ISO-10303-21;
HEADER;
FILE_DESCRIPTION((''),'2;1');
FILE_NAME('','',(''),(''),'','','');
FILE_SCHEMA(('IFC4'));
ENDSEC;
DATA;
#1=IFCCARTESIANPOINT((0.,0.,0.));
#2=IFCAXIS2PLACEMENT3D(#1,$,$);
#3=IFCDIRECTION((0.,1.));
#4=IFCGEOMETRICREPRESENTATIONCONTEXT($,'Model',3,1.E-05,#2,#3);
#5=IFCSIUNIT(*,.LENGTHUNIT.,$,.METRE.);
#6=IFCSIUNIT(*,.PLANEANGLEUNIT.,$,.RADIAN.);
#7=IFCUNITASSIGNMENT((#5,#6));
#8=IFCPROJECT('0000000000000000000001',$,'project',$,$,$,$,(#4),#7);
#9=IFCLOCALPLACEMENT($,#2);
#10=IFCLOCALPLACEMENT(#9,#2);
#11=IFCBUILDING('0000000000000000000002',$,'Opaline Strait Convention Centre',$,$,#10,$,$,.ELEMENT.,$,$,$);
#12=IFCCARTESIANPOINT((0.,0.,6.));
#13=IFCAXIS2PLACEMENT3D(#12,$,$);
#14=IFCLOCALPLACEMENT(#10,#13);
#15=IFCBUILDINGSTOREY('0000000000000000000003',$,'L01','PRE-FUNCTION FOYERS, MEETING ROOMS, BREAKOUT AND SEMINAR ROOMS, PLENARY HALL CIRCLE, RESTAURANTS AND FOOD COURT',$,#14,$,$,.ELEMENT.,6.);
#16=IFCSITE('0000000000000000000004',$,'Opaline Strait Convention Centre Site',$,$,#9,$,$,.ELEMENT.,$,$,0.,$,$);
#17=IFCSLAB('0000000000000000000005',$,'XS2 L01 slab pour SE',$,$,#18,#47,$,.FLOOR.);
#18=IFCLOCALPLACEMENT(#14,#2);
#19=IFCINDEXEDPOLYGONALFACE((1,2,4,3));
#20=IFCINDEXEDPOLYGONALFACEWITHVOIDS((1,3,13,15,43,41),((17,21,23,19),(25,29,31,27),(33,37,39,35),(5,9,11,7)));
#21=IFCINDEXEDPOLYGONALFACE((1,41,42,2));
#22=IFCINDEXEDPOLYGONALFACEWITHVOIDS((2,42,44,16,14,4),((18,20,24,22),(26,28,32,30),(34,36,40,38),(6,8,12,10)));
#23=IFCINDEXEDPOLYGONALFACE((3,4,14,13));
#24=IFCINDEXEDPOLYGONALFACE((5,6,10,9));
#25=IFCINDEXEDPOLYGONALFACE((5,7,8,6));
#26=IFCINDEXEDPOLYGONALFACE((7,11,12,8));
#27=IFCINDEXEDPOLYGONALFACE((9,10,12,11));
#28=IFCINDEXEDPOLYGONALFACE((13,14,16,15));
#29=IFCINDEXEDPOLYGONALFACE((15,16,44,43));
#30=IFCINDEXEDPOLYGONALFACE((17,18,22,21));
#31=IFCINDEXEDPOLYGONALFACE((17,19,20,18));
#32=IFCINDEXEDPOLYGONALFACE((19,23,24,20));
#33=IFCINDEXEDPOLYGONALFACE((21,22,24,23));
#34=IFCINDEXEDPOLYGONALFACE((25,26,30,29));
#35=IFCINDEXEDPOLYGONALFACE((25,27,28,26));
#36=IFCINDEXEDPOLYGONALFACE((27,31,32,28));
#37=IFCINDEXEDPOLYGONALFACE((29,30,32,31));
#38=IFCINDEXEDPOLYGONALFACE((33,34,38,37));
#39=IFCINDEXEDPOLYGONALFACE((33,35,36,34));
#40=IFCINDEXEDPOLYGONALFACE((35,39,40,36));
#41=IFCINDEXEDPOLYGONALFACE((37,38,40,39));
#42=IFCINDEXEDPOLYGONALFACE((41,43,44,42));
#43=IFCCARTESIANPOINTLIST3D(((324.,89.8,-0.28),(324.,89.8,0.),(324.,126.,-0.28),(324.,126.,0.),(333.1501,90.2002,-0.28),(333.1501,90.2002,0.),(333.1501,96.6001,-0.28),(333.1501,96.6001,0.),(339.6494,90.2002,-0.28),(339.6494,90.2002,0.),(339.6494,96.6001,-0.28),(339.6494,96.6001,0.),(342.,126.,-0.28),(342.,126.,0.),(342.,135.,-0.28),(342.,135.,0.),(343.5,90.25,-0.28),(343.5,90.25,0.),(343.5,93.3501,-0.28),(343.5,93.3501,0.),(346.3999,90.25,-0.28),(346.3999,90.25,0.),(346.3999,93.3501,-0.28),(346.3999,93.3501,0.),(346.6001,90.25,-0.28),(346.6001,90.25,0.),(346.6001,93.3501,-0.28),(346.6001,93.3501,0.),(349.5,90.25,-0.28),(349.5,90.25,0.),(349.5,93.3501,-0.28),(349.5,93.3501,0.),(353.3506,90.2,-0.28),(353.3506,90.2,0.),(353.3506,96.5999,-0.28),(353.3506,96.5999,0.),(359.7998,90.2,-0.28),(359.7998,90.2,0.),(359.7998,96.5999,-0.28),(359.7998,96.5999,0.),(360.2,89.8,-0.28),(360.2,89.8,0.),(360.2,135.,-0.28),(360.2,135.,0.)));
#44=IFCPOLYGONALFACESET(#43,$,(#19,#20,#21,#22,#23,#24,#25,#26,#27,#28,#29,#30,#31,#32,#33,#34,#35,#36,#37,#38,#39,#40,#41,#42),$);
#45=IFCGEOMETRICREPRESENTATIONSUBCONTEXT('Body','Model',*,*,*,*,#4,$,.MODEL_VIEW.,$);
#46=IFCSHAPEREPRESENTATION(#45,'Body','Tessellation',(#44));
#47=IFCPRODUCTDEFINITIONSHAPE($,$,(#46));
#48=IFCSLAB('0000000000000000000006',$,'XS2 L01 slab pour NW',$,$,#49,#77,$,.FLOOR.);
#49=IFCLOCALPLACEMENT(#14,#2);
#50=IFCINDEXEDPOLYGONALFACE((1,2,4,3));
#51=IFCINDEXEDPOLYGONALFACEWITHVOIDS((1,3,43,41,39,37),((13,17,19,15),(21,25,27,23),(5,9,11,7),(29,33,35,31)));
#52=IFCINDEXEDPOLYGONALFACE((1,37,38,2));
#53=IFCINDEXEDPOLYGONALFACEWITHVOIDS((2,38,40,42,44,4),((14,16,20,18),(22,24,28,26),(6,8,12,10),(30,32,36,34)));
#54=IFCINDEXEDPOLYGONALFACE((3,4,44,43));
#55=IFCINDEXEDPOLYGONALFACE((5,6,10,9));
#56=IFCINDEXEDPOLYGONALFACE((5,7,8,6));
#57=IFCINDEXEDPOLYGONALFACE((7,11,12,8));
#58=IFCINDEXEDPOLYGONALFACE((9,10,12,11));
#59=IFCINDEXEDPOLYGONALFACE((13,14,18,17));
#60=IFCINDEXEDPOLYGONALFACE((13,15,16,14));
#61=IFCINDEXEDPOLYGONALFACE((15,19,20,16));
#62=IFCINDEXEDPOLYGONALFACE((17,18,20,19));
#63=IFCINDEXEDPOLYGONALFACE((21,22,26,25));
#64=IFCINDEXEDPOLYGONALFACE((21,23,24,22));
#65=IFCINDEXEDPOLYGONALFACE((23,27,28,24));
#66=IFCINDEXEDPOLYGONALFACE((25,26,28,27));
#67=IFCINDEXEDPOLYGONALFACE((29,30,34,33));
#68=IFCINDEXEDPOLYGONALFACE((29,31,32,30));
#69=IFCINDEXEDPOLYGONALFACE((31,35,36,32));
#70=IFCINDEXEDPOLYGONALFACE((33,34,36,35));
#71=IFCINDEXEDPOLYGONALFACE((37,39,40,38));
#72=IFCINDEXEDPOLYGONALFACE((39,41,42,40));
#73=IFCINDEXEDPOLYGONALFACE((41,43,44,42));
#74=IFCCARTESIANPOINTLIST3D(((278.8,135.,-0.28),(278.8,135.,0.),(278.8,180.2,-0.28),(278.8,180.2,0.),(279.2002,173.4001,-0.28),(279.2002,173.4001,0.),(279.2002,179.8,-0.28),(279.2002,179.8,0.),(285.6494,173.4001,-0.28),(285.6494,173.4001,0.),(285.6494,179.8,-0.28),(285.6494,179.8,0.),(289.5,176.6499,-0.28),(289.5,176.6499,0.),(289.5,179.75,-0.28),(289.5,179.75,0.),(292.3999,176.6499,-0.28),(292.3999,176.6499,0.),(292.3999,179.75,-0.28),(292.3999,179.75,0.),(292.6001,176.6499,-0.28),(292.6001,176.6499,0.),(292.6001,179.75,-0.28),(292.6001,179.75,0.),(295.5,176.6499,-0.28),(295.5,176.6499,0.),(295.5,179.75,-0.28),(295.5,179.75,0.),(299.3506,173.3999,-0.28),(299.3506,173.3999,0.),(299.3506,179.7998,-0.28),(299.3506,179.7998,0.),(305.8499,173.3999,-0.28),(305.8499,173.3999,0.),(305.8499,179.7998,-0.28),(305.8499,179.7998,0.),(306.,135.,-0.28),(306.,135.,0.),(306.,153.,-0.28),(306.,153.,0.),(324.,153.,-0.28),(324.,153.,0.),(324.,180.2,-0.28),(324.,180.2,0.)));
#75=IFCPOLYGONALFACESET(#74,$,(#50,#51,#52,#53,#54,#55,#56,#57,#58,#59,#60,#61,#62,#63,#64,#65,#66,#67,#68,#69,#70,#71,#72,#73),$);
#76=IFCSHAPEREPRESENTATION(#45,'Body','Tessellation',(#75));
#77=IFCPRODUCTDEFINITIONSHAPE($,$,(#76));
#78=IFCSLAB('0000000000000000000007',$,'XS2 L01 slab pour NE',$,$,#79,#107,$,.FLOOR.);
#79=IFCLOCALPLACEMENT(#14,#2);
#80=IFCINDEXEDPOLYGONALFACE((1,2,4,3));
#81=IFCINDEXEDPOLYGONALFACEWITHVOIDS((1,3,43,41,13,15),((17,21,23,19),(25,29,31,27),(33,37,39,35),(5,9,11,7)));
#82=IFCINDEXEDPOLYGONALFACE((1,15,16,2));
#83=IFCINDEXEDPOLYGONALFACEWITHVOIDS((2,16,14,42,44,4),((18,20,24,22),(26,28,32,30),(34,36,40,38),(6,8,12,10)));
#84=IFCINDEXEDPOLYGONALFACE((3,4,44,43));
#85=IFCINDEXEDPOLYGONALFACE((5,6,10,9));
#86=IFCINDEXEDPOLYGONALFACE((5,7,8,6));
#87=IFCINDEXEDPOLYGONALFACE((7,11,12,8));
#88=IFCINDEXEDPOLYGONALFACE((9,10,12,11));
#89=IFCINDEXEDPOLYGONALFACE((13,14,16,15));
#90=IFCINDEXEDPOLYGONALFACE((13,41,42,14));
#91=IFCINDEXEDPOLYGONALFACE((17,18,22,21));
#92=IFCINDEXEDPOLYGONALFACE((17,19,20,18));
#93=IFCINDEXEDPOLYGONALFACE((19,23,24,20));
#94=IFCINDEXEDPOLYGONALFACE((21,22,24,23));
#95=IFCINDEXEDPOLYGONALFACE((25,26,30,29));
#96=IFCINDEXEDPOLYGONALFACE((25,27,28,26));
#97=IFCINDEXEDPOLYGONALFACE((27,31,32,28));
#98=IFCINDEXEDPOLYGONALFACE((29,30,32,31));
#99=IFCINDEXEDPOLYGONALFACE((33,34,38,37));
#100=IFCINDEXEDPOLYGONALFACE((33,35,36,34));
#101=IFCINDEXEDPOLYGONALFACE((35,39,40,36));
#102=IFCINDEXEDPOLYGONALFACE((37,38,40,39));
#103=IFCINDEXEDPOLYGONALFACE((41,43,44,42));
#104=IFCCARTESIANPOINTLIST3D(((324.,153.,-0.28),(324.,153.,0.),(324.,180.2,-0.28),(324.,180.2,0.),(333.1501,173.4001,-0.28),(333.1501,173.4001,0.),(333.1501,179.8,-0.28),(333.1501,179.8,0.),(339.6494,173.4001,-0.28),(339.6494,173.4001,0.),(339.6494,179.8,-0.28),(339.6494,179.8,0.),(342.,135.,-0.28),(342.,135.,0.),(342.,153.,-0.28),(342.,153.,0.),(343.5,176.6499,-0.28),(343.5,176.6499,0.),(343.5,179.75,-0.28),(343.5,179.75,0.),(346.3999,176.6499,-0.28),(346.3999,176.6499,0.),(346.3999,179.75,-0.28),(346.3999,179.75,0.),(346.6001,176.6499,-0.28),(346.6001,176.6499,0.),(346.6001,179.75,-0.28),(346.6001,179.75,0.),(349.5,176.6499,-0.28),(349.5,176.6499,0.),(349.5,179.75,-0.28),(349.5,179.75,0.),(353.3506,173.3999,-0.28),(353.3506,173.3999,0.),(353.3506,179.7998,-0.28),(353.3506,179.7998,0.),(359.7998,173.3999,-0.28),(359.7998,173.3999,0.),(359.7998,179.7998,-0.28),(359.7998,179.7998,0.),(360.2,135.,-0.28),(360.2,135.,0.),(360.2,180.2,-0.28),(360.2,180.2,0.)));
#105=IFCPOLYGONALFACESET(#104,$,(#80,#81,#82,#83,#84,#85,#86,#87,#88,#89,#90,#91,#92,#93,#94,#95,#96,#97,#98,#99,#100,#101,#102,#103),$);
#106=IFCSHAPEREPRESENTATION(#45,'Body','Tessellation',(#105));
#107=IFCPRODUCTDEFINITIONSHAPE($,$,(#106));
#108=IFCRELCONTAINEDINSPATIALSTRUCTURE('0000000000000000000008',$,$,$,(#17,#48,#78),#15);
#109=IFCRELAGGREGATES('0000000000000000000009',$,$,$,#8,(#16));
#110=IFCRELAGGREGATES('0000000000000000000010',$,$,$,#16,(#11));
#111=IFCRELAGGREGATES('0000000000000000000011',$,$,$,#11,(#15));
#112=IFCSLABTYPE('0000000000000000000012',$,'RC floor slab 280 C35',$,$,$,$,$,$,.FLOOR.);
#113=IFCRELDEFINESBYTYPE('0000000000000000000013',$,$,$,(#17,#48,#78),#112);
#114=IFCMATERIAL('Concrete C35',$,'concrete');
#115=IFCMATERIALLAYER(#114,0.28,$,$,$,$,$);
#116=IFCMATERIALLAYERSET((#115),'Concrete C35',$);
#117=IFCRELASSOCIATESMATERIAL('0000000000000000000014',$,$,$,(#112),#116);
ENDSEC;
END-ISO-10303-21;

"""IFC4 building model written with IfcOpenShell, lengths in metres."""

from ifc_helpers import new_model, si_unit, direction, frame, origin, place, context, subcontext, project, spatial, polyline, outline, extrude, material, layer, layer_set, type_object, element, save


model = new_model("IFC4")

# Units and contexts
model_context = context("Model", 3, precision=1e-05, world=origin(), true_north=direction((0.0, 1.0)))
body_context = subcontext(model_context, "Body", "Model", "MODEL_VIEW")
ifc_project = project(units=[si_unit("LENGTHUNIT", "METRE"), si_unit("PLANEANGLEUNIT", "RADIAN")], contexts=[model_context])

# Site, building, storey
site_placement = place(None, origin())
site = spatial("IfcSite", under=ifc_project, at=site_placement, Name="Opaline Strait Convention Centre Site", CompositionType="ELEMENT", RefElevation=0.0)
building_placement = place(site_placement, origin())
building = spatial("IfcBuilding", under=site, at=building_placement, Name="Opaline Strait Convention Centre", CompositionType="ELEMENT")
storey_placement = place(building_placement, frame((0.0, 0.0, 6.0)))
storey = spatial("IfcBuildingStorey", under=building, at=storey_placement, Name="L01", Description="PRE-FUNCTION FOYERS, MEETING ROOMS, BREAKOUT AND SEMINAR ROOMS, PLENARY HALL CIRCLE, RESTAURANTS AND FOOD COURT", CompositionType="ELEMENT", Elevation=6.0)

# Slabs
ifc_material_1 = material(Name="Concrete C35", Category="concrete")
ifc_layer_1 = layer(ifc_material_1, 0.28)
ifc_layer_set_1 = layer_set([ifc_layer_1], Name="Concrete C35")
slab_type_1 = type_object("IfcSlabType", Name="RC floor slab 280 C35", PredefinedType="FLOOR", material=ifc_layer_set_1)
slab_1_placement = place(storey_placement, frame((0.0, 0.0, -0.28)))
element("IfcSlab", 1, at=slab_1_placement, inside=storey, type_object=slab_type_1, Name="XS2 L01 slab pour SE", PredefinedType="FLOOR", context=body_context, shape_type="SweptSolid", body=[
    extrude(outline(polyline([(360.2, 89.8), (324.0, 89.8), (324.0, 126.0), (342.0, 126.0), (342.0, 135.0), (360.2, 135.0), (360.2, 89.8)]), holes=[polyline([(343.5, 93.3501), (343.5, 90.25), (346.3999, 90.25), (346.3999, 93.3501), (343.5, 93.3501)]), polyline([(346.6001, 93.3501), (346.6001, 90.25), (349.5, 90.25), (349.5, 93.3501), (346.6001, 93.3501)]), polyline([(353.3506, 96.5999), (353.3506, 90.2), (359.7998, 90.2), (359.7998, 96.5999), (353.3506, 96.5999)]), polyline([(333.1501, 96.6001), (333.1501, 90.2002), (339.6494, 90.2002), (339.6494, 96.6001), (333.1501, 96.6001)])]), origin(), (0.0, 0.0, 1.0), 0.28),
])
slab_2_placement = place(storey_placement, frame((0.0, 0.0, -0.28)))
element("IfcSlab", 2, at=slab_2_placement, inside=storey, type_object=slab_type_1, Name="XS2 L01 slab pour NW", PredefinedType="FLOOR", context=body_context, shape_type="SweptSolid", body=[
    extrude(outline(polyline([(324.0, 180.2), (324.0, 153.0), (306.0, 153.0), (306.0, 135.0), (278.8, 135.0), (278.8, 180.2), (324.0, 180.2)]), holes=[polyline([(299.3506, 179.7998), (299.3506, 173.3999), (305.8499, 173.3999), (305.8499, 179.7998), (299.3506, 179.7998)]), polyline([(279.2002, 179.8), (279.2002, 173.4001), (285.6494, 173.4001), (285.6494, 179.8), (279.2002, 179.8)]), polyline([(289.5, 179.75), (289.5, 176.6499), (292.3999, 176.6499), (292.3999, 179.75), (289.5, 179.75)]), polyline([(292.6001, 179.75), (292.6001, 176.6499), (295.5, 176.6499), (295.5, 179.75), (292.6001, 179.75)])]), origin(), (0.0, 0.0, 1.0), 0.28),
])
slab_3_placement = place(storey_placement, frame((0.0, 0.0, -0.28)))
element("IfcSlab", 3, at=slab_3_placement, inside=storey, type_object=slab_type_1, Name="XS2 L01 slab pour NE", PredefinedType="FLOOR", context=body_context, shape_type="SweptSolid", body=[
    extrude(outline(polyline([(360.2, 180.2), (360.2, 135.0), (342.0, 135.0), (342.0, 153.0), (324.0, 153.0), (324.0, 180.2), (360.2, 180.2)]), holes=[polyline([(353.3506, 179.7998), (353.3506, 173.3999), (359.7998, 173.3999), (359.7998, 179.7998), (353.3506, 179.7998)]), polyline([(333.1501, 179.8), (333.1501, 173.4001), (339.6494, 173.4001), (339.6494, 179.8), (333.1501, 179.8)]), polyline([(343.5, 179.75), (343.5, 176.6499), (346.3999, 176.6499), (346.3999, 179.75), (343.5, 179.75)]), polyline([(346.6001, 179.75), (346.6001, 176.6499), (349.5, 176.6499), (349.5, 179.75), (346.6001, 179.75)])]), origin(), (0.0, 0.0, 1.0), 0.28),
])

save(model, "model.ifc")
